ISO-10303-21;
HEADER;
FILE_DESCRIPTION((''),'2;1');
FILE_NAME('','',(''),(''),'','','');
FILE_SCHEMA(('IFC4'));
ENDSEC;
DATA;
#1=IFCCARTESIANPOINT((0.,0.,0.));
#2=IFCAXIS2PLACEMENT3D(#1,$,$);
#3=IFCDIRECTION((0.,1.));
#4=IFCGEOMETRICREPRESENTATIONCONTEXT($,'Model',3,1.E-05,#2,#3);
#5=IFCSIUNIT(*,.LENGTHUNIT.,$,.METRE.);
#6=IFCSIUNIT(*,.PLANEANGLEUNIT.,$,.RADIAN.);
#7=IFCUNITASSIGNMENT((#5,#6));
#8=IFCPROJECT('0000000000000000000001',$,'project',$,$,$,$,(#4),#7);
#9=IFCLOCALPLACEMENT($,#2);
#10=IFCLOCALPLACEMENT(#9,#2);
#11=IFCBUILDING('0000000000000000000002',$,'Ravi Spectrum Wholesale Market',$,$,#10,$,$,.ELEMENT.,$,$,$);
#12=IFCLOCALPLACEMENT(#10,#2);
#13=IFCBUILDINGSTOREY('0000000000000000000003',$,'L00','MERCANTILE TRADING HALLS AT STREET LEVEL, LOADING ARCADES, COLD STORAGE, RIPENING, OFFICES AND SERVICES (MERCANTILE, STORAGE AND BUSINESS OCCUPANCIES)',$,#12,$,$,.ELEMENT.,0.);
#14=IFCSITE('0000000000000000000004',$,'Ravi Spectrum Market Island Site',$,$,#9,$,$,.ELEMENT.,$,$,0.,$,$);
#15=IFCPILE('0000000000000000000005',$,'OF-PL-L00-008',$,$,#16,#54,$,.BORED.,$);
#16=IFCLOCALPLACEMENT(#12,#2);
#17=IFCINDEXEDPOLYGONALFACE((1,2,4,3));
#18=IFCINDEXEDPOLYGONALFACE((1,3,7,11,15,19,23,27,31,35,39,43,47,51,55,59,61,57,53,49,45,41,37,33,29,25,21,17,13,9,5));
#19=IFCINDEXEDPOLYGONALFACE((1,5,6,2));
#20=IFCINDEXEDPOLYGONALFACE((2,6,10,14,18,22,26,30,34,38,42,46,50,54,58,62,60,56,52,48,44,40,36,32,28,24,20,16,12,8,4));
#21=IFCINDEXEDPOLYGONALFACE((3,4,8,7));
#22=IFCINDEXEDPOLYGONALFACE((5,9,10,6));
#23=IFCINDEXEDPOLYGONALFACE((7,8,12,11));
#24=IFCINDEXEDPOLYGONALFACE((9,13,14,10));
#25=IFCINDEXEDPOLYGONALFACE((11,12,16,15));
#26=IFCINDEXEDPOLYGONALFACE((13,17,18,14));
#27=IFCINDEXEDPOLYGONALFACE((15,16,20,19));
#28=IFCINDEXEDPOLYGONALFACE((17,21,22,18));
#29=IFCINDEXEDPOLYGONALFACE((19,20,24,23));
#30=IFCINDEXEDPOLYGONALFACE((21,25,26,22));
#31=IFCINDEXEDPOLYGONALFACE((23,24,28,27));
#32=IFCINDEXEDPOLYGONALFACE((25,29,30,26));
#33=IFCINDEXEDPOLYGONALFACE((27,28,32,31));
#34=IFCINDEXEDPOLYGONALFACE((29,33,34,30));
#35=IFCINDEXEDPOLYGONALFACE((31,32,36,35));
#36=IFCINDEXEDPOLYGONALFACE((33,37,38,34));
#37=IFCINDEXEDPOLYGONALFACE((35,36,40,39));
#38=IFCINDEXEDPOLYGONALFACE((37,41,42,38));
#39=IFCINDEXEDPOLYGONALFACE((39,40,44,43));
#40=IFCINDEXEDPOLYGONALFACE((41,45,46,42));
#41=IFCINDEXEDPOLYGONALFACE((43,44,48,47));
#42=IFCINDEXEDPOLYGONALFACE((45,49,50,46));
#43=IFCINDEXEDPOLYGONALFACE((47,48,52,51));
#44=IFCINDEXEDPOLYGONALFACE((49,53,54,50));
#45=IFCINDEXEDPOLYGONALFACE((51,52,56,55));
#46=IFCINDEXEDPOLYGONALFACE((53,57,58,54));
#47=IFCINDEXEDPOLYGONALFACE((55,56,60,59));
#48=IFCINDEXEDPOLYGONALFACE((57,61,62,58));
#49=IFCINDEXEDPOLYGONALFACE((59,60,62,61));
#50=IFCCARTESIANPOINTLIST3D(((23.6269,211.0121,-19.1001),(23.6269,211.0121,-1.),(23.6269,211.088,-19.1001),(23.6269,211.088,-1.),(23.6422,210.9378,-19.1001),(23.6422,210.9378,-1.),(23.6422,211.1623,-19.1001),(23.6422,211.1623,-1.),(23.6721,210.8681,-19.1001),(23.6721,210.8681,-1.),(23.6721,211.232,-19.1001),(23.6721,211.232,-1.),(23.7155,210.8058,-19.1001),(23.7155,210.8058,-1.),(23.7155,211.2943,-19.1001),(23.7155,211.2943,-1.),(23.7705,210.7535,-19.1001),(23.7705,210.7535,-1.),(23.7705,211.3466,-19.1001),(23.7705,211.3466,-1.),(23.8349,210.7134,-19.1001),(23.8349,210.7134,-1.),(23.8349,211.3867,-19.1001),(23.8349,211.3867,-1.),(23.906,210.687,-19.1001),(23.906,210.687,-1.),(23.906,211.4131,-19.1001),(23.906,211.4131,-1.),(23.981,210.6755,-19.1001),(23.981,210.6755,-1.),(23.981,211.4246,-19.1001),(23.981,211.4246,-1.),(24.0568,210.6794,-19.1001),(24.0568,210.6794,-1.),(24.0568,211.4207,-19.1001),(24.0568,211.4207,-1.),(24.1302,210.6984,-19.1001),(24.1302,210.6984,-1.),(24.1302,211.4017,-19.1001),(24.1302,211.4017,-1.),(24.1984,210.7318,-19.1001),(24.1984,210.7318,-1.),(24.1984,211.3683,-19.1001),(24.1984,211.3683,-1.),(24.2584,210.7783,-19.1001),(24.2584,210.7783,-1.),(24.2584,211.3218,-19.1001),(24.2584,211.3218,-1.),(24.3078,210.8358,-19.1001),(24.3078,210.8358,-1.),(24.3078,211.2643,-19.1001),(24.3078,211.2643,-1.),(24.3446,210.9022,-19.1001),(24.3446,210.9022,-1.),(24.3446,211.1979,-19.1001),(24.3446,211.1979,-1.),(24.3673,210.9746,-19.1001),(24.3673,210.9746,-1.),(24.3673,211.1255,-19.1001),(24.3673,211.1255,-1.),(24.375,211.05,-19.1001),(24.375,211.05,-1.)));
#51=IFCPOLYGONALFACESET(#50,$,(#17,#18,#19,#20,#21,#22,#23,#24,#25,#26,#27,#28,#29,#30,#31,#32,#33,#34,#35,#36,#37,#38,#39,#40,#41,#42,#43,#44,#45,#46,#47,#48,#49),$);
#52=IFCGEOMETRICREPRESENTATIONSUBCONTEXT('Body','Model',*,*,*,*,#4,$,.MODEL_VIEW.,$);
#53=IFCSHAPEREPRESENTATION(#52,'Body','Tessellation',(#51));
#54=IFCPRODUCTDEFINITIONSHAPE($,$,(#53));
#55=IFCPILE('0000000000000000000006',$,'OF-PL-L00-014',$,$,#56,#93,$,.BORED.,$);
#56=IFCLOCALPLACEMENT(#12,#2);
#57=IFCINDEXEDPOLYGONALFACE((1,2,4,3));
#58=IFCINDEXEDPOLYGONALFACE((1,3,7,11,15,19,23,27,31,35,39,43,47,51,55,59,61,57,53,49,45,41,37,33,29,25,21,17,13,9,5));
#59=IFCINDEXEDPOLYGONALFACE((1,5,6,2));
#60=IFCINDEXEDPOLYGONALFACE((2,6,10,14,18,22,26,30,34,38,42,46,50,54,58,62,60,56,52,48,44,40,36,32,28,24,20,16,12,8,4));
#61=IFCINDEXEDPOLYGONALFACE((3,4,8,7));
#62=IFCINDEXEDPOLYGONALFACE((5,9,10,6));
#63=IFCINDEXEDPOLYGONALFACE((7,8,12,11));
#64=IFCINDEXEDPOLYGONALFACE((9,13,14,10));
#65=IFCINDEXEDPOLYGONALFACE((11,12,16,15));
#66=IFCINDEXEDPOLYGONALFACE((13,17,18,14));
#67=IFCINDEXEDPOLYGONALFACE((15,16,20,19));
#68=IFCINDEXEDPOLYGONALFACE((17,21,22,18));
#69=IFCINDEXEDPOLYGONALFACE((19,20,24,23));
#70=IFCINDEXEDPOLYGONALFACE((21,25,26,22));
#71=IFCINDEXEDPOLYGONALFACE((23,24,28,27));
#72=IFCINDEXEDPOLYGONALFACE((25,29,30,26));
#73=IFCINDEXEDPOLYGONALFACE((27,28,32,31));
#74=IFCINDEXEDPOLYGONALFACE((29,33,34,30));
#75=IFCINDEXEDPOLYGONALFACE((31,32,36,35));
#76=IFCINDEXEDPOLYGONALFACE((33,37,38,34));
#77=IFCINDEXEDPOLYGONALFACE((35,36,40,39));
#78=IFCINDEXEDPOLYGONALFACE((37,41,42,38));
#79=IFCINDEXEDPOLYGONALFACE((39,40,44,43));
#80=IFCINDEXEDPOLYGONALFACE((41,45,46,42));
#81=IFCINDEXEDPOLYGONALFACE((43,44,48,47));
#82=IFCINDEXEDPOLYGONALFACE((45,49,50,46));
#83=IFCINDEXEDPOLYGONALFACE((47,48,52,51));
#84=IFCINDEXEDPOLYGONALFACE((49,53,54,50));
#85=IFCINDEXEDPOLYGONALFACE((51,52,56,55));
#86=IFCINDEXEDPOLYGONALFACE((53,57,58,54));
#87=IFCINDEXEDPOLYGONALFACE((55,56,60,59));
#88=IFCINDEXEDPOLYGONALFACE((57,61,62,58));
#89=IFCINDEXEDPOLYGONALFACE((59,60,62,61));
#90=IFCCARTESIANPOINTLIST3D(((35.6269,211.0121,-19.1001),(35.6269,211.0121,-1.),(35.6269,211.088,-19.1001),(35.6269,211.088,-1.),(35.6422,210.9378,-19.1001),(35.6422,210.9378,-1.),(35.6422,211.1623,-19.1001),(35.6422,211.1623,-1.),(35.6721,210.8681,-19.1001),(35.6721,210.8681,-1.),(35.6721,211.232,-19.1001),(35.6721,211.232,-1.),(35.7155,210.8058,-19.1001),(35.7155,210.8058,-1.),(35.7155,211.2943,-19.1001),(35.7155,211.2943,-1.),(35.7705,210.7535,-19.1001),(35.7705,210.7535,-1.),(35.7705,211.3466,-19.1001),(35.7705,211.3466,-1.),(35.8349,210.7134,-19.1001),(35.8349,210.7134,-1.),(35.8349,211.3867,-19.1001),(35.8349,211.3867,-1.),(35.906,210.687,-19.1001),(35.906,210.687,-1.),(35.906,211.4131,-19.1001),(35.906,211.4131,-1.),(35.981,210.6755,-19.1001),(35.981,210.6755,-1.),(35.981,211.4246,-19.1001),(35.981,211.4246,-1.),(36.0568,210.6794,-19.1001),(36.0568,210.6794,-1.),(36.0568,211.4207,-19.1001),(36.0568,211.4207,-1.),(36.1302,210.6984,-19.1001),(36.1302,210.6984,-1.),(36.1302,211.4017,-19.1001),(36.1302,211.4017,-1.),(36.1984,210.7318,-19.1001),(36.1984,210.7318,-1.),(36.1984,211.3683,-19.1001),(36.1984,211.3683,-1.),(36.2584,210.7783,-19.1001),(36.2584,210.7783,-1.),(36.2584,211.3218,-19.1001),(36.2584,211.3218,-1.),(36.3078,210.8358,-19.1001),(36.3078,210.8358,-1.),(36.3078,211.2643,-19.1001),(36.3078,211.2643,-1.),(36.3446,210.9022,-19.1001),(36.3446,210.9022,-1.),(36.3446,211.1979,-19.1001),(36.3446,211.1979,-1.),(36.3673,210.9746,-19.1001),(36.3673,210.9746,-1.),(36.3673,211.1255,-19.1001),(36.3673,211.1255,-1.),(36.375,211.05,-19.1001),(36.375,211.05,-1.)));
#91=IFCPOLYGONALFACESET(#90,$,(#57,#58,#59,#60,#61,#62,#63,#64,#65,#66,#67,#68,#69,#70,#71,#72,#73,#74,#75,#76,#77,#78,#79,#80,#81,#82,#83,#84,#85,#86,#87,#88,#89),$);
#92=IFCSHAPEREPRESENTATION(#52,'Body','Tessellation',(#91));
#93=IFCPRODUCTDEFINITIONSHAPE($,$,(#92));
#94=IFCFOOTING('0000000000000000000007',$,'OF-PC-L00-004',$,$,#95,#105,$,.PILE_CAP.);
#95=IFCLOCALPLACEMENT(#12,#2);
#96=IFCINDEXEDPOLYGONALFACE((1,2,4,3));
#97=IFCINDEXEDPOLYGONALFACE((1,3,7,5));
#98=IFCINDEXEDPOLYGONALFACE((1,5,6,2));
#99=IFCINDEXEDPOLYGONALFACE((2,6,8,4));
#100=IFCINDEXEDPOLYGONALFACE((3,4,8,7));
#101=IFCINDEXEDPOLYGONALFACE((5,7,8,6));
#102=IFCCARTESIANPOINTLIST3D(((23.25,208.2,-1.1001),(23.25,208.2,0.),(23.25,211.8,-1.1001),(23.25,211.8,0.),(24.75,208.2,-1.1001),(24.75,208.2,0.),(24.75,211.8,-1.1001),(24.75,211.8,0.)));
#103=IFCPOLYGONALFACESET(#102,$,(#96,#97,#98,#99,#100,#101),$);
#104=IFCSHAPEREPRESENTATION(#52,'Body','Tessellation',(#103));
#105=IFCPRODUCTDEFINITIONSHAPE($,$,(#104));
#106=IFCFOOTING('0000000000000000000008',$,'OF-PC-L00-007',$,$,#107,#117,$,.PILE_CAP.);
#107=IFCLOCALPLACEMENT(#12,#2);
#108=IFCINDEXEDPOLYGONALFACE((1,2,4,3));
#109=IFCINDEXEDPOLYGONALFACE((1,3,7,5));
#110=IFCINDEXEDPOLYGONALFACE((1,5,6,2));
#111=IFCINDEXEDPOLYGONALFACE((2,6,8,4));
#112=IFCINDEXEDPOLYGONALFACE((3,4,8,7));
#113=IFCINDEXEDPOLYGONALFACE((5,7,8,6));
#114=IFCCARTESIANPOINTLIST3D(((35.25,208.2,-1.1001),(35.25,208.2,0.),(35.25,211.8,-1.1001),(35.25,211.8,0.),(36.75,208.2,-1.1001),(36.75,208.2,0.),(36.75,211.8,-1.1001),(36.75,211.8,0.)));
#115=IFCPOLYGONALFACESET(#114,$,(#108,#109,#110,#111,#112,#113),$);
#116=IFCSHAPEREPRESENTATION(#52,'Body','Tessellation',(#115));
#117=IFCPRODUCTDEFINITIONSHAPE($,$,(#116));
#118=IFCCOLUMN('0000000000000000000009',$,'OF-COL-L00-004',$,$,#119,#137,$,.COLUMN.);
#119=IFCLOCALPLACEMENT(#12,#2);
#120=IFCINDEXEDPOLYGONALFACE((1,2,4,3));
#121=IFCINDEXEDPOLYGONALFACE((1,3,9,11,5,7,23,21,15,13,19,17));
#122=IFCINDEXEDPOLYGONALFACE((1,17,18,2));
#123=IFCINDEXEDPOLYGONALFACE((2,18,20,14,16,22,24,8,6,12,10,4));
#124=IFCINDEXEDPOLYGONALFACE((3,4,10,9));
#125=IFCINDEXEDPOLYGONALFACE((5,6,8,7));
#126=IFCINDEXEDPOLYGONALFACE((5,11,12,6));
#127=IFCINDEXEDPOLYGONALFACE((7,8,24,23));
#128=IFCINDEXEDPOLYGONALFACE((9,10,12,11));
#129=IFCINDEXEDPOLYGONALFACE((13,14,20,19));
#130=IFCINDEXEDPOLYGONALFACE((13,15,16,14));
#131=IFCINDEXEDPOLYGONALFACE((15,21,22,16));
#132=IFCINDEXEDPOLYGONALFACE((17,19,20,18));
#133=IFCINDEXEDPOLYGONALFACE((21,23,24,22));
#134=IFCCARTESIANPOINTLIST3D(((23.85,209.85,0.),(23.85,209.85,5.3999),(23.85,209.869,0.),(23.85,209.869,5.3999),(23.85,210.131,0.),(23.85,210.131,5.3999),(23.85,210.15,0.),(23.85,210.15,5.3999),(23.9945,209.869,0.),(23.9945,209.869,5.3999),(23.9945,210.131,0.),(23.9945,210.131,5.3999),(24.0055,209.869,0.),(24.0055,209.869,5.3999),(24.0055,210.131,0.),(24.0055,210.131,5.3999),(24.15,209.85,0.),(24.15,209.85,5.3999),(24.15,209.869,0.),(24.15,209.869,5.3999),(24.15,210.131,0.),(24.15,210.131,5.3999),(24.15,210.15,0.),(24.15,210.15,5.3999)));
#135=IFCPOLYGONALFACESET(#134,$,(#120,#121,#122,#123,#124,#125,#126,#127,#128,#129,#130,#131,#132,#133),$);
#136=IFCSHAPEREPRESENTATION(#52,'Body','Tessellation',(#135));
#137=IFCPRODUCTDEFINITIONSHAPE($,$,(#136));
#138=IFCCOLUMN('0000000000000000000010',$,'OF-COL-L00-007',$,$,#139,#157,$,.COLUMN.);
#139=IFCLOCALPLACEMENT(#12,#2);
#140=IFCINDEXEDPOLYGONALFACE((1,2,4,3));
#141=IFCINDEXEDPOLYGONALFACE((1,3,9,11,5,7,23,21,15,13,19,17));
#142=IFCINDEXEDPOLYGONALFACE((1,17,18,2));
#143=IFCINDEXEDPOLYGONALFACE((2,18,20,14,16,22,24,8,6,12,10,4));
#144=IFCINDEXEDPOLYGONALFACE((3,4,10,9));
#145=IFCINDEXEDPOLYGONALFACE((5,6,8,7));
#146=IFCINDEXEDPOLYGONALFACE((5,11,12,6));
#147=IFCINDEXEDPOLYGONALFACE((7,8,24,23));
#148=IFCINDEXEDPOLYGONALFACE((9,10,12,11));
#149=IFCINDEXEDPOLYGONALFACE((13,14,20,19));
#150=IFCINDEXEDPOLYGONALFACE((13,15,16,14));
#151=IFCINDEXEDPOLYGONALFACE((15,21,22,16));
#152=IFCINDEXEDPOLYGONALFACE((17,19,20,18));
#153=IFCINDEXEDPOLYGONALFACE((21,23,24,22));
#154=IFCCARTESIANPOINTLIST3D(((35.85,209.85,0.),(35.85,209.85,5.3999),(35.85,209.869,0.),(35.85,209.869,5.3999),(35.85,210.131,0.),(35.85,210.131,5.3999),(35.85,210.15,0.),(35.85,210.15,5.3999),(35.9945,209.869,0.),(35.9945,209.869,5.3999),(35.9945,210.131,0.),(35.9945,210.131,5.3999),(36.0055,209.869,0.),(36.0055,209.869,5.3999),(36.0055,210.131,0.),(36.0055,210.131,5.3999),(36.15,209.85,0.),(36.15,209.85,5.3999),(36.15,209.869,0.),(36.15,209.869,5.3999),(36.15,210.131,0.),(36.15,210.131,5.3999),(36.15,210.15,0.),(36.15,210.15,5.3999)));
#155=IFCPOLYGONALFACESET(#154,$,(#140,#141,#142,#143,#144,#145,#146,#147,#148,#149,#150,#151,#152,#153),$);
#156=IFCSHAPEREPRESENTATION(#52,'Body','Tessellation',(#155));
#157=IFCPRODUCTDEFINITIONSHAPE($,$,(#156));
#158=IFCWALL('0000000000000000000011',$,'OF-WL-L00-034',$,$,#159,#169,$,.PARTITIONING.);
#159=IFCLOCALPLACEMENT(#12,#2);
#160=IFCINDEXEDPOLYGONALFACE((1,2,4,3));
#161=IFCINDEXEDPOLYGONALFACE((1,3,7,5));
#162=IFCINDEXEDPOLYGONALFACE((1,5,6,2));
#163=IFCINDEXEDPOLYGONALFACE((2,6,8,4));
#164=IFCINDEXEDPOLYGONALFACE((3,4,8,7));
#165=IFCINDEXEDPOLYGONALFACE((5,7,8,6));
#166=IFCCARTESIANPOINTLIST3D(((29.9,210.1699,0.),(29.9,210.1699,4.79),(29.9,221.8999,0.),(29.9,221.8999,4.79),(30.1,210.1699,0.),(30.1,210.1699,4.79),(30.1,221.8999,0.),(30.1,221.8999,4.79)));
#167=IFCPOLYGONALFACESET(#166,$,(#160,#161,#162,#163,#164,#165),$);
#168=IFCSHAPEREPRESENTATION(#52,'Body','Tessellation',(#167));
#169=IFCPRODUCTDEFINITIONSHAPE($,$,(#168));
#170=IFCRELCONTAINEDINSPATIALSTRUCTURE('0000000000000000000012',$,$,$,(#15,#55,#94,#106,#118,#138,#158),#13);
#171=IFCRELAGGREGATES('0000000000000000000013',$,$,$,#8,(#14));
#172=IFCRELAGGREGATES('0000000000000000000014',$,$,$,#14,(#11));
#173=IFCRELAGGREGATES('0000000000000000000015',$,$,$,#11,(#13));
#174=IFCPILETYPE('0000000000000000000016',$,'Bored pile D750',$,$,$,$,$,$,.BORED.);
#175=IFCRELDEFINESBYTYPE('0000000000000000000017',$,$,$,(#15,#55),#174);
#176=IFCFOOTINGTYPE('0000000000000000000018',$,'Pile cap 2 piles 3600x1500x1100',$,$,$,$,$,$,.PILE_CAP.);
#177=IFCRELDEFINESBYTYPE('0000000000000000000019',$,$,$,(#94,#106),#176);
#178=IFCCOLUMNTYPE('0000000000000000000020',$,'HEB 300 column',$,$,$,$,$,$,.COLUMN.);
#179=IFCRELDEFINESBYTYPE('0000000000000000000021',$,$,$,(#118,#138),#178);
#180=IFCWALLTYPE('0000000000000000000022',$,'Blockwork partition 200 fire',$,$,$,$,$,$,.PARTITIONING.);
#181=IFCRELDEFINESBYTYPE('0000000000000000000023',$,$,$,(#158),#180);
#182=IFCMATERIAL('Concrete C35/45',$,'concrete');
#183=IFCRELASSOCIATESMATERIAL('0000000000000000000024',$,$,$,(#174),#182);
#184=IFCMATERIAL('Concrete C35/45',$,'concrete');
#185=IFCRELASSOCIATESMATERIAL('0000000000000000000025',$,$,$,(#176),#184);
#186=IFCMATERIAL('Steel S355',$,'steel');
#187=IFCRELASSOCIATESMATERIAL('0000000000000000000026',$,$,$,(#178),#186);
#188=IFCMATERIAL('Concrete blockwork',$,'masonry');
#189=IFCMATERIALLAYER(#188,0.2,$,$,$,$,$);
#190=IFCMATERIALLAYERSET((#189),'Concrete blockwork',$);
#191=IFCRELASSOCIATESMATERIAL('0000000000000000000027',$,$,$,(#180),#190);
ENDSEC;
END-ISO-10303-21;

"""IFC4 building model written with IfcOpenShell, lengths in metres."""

from ifc_helpers import new_model, si_unit, direction, frame, frame_2d, origin, origin_2d, place, context, subcontext, project, spatial, rectangle, circle, i_section, extrude, material, layer, layer_set, material_profile, profile_set, type_object, element, save


model = new_model("IFC4")

# Units and contexts
model_context = context("Model", 3, precision=1e-05, world=origin(), true_north=direction((0.0, 1.0)))
body_context = subcontext(model_context, "Body", "Model", "MODEL_VIEW")
ifc_project = project(units=[si_unit("LENGTHUNIT", "METRE"), si_unit("PLANEANGLEUNIT", "RADIAN")], contexts=[model_context])

# Site, building, storey
site_placement = place(None, origin())
site = spatial("IfcSite", under=ifc_project, at=site_placement, Name="Ravi Spectrum Market Island Site", CompositionType="ELEMENT", RefElevation=0.0)
building_placement = place(site_placement, origin())
building = spatial("IfcBuilding", under=site, at=building_placement, Name="Ravi Spectrum Wholesale Market", CompositionType="ELEMENT")
storey_placement = place(building_placement, origin())
storey = spatial("IfcBuildingStorey", under=building, at=storey_placement, Name="L00", Description="MERCANTILE TRADING HALLS AT STREET LEVEL, LOADING ARCADES, COLD STORAGE, RIPENING, OFFICES AND SERVICES (MERCANTILE, STORAGE AND BUSINESS OCCUPANCIES)", CompositionType="ELEMENT", Elevation=0.0)

# Piles
ifc_material_1 = material(Name="Concrete C35/45", Category="concrete")
ifc_material_profile_1 = material_profile(ifc_material_1, circle(Radius=0.375, at=origin_2d()))
ifc_profile_set_1 = profile_set([ifc_material_profile_1], Name="Concrete C35/45")
pile_type = type_object("IfcPileType", Name="Bored pile D750", PredefinedType="BORED", material=ifc_profile_set_1)
for number, where, z_axis, x_axis, name in (
    (1, (24.0, 211.05, -1.0), (0.0, 0.0, -1.0), (1.0, 0.0, 0.0), "OF-PL-L00-008"),
    (2, (36.0, 211.05, -1.0), (0.0, 0.0, -1.0), (1.0, 0.0, 0.0), "OF-PL-L00-014"),
):
    element("IfcPile", number, at=place(storey_placement, frame(where, z_axis=z_axis, x_axis=x_axis)), inside=storey, type_object=pile_type, Name=name, PredefinedType="BORED", context=body_context, shape_type="SweptSolid", body=[
        extrude(circle(Radius=0.375, at=origin_2d()), origin(), (0.0, 0.0, 1.0), 18.1001),
    ])

# Footings
ifc_material_2 = material(Name="Concrete C35/45", Category="concrete")
footing_type = type_object("IfcFootingType", Name="Pile cap 2 piles 3600x1500x1100", PredefinedType="PILE_CAP", material=ifc_material_2)
for number, where, z_axis, x_axis, name in (
    (3, (24.0, 210.0, -1.1001), (0.0, 0.0, 1.0), (0.0, 1.0, 0.0), "OF-PC-L00-004"),
    (4, (36.0, 210.0, -1.1001), (0.0, 0.0, 1.0), (0.0, 1.0, 0.0), "OF-PC-L00-007"),
):
    element("IfcFooting", number, at=place(storey_placement, frame(where, z_axis=z_axis, x_axis=x_axis)), inside=storey, type_object=footing_type, Name=name, PredefinedType="PILE_CAP", context=body_context, shape_type="SweptSolid", body=[
        extrude(rectangle(XDim=3.6001, YDim=1.5, at=origin_2d()), origin(), (0.0, 0.0, 1.0), 1.1001),
    ])

# Columns
ifc_material_3 = material(Name="Steel S355", Category="steel")
ifc_material_profile_2 = material_profile(ifc_material_3, i_section(OverallWidth=0.3, OverallDepth=0.3, WebThickness=0.011, FlangeThickness=0.019, at=origin_2d()))
ifc_profile_set_2 = profile_set([ifc_material_profile_2], Name="Steel S355")
column_type = type_object("IfcColumnType", Name="HEB 300 column", PredefinedType="COLUMN", material=ifc_profile_set_2)
for number, where, z_axis, x_axis, name in (
    (5, (24.0, 210.0, 0.0), (0.0, 0.0, 1.0), (1.0, 0.0, 0.0), "OF-COL-L00-004"),
    (6, (36.0, 210.0, 0.0), (0.0, 0.0, 1.0), (1.0, 0.0, 0.0), "OF-COL-L00-007"),
):
    element("IfcColumn", number, at=place(storey_placement, frame(where, z_axis=z_axis, x_axis=x_axis)), inside=storey, type_object=column_type, Name=name, PredefinedType="COLUMN", context=body_context, shape_type="SweptSolid", body=[
        extrude(i_section(OverallWidth=0.3, OverallDepth=0.3, WebThickness=0.011, FlangeThickness=0.019, at=origin_2d()), origin(), (0.0, 0.0, 1.0), 5.3999),
    ])

# Wall
ifc_material_4 = material(Name="Concrete blockwork", Category="masonry")
ifc_layer_1 = layer(ifc_material_4, 0.2)
ifc_layer_set_1 = layer_set([ifc_layer_1], Name="Concrete blockwork")
wall_type_1 = type_object("IfcWallType", Name="Blockwork partition 200 fire", PredefinedType="PARTITIONING", material=ifc_layer_set_1)
wall_1_placement = place(storey_placement, frame((30.0, 210.1699, 0.0), z_axis=(0.0, 0.0, 1.0), x_axis=(0.0, 1.0, 0.0)))
element("IfcWall", 7, at=wall_1_placement, inside=storey, type_object=wall_type_1, Name="OF-WL-L00-034", PredefinedType="PARTITIONING", context=body_context, shape_type="SweptSolid", body=[
    extrude(rectangle(XDim=11.73, YDim=0.2, at=frame_2d((5.865, 0.0))), origin(), (0.0, 0.0, 1.0), 4.79),
])

save(model, "model.ifc")
